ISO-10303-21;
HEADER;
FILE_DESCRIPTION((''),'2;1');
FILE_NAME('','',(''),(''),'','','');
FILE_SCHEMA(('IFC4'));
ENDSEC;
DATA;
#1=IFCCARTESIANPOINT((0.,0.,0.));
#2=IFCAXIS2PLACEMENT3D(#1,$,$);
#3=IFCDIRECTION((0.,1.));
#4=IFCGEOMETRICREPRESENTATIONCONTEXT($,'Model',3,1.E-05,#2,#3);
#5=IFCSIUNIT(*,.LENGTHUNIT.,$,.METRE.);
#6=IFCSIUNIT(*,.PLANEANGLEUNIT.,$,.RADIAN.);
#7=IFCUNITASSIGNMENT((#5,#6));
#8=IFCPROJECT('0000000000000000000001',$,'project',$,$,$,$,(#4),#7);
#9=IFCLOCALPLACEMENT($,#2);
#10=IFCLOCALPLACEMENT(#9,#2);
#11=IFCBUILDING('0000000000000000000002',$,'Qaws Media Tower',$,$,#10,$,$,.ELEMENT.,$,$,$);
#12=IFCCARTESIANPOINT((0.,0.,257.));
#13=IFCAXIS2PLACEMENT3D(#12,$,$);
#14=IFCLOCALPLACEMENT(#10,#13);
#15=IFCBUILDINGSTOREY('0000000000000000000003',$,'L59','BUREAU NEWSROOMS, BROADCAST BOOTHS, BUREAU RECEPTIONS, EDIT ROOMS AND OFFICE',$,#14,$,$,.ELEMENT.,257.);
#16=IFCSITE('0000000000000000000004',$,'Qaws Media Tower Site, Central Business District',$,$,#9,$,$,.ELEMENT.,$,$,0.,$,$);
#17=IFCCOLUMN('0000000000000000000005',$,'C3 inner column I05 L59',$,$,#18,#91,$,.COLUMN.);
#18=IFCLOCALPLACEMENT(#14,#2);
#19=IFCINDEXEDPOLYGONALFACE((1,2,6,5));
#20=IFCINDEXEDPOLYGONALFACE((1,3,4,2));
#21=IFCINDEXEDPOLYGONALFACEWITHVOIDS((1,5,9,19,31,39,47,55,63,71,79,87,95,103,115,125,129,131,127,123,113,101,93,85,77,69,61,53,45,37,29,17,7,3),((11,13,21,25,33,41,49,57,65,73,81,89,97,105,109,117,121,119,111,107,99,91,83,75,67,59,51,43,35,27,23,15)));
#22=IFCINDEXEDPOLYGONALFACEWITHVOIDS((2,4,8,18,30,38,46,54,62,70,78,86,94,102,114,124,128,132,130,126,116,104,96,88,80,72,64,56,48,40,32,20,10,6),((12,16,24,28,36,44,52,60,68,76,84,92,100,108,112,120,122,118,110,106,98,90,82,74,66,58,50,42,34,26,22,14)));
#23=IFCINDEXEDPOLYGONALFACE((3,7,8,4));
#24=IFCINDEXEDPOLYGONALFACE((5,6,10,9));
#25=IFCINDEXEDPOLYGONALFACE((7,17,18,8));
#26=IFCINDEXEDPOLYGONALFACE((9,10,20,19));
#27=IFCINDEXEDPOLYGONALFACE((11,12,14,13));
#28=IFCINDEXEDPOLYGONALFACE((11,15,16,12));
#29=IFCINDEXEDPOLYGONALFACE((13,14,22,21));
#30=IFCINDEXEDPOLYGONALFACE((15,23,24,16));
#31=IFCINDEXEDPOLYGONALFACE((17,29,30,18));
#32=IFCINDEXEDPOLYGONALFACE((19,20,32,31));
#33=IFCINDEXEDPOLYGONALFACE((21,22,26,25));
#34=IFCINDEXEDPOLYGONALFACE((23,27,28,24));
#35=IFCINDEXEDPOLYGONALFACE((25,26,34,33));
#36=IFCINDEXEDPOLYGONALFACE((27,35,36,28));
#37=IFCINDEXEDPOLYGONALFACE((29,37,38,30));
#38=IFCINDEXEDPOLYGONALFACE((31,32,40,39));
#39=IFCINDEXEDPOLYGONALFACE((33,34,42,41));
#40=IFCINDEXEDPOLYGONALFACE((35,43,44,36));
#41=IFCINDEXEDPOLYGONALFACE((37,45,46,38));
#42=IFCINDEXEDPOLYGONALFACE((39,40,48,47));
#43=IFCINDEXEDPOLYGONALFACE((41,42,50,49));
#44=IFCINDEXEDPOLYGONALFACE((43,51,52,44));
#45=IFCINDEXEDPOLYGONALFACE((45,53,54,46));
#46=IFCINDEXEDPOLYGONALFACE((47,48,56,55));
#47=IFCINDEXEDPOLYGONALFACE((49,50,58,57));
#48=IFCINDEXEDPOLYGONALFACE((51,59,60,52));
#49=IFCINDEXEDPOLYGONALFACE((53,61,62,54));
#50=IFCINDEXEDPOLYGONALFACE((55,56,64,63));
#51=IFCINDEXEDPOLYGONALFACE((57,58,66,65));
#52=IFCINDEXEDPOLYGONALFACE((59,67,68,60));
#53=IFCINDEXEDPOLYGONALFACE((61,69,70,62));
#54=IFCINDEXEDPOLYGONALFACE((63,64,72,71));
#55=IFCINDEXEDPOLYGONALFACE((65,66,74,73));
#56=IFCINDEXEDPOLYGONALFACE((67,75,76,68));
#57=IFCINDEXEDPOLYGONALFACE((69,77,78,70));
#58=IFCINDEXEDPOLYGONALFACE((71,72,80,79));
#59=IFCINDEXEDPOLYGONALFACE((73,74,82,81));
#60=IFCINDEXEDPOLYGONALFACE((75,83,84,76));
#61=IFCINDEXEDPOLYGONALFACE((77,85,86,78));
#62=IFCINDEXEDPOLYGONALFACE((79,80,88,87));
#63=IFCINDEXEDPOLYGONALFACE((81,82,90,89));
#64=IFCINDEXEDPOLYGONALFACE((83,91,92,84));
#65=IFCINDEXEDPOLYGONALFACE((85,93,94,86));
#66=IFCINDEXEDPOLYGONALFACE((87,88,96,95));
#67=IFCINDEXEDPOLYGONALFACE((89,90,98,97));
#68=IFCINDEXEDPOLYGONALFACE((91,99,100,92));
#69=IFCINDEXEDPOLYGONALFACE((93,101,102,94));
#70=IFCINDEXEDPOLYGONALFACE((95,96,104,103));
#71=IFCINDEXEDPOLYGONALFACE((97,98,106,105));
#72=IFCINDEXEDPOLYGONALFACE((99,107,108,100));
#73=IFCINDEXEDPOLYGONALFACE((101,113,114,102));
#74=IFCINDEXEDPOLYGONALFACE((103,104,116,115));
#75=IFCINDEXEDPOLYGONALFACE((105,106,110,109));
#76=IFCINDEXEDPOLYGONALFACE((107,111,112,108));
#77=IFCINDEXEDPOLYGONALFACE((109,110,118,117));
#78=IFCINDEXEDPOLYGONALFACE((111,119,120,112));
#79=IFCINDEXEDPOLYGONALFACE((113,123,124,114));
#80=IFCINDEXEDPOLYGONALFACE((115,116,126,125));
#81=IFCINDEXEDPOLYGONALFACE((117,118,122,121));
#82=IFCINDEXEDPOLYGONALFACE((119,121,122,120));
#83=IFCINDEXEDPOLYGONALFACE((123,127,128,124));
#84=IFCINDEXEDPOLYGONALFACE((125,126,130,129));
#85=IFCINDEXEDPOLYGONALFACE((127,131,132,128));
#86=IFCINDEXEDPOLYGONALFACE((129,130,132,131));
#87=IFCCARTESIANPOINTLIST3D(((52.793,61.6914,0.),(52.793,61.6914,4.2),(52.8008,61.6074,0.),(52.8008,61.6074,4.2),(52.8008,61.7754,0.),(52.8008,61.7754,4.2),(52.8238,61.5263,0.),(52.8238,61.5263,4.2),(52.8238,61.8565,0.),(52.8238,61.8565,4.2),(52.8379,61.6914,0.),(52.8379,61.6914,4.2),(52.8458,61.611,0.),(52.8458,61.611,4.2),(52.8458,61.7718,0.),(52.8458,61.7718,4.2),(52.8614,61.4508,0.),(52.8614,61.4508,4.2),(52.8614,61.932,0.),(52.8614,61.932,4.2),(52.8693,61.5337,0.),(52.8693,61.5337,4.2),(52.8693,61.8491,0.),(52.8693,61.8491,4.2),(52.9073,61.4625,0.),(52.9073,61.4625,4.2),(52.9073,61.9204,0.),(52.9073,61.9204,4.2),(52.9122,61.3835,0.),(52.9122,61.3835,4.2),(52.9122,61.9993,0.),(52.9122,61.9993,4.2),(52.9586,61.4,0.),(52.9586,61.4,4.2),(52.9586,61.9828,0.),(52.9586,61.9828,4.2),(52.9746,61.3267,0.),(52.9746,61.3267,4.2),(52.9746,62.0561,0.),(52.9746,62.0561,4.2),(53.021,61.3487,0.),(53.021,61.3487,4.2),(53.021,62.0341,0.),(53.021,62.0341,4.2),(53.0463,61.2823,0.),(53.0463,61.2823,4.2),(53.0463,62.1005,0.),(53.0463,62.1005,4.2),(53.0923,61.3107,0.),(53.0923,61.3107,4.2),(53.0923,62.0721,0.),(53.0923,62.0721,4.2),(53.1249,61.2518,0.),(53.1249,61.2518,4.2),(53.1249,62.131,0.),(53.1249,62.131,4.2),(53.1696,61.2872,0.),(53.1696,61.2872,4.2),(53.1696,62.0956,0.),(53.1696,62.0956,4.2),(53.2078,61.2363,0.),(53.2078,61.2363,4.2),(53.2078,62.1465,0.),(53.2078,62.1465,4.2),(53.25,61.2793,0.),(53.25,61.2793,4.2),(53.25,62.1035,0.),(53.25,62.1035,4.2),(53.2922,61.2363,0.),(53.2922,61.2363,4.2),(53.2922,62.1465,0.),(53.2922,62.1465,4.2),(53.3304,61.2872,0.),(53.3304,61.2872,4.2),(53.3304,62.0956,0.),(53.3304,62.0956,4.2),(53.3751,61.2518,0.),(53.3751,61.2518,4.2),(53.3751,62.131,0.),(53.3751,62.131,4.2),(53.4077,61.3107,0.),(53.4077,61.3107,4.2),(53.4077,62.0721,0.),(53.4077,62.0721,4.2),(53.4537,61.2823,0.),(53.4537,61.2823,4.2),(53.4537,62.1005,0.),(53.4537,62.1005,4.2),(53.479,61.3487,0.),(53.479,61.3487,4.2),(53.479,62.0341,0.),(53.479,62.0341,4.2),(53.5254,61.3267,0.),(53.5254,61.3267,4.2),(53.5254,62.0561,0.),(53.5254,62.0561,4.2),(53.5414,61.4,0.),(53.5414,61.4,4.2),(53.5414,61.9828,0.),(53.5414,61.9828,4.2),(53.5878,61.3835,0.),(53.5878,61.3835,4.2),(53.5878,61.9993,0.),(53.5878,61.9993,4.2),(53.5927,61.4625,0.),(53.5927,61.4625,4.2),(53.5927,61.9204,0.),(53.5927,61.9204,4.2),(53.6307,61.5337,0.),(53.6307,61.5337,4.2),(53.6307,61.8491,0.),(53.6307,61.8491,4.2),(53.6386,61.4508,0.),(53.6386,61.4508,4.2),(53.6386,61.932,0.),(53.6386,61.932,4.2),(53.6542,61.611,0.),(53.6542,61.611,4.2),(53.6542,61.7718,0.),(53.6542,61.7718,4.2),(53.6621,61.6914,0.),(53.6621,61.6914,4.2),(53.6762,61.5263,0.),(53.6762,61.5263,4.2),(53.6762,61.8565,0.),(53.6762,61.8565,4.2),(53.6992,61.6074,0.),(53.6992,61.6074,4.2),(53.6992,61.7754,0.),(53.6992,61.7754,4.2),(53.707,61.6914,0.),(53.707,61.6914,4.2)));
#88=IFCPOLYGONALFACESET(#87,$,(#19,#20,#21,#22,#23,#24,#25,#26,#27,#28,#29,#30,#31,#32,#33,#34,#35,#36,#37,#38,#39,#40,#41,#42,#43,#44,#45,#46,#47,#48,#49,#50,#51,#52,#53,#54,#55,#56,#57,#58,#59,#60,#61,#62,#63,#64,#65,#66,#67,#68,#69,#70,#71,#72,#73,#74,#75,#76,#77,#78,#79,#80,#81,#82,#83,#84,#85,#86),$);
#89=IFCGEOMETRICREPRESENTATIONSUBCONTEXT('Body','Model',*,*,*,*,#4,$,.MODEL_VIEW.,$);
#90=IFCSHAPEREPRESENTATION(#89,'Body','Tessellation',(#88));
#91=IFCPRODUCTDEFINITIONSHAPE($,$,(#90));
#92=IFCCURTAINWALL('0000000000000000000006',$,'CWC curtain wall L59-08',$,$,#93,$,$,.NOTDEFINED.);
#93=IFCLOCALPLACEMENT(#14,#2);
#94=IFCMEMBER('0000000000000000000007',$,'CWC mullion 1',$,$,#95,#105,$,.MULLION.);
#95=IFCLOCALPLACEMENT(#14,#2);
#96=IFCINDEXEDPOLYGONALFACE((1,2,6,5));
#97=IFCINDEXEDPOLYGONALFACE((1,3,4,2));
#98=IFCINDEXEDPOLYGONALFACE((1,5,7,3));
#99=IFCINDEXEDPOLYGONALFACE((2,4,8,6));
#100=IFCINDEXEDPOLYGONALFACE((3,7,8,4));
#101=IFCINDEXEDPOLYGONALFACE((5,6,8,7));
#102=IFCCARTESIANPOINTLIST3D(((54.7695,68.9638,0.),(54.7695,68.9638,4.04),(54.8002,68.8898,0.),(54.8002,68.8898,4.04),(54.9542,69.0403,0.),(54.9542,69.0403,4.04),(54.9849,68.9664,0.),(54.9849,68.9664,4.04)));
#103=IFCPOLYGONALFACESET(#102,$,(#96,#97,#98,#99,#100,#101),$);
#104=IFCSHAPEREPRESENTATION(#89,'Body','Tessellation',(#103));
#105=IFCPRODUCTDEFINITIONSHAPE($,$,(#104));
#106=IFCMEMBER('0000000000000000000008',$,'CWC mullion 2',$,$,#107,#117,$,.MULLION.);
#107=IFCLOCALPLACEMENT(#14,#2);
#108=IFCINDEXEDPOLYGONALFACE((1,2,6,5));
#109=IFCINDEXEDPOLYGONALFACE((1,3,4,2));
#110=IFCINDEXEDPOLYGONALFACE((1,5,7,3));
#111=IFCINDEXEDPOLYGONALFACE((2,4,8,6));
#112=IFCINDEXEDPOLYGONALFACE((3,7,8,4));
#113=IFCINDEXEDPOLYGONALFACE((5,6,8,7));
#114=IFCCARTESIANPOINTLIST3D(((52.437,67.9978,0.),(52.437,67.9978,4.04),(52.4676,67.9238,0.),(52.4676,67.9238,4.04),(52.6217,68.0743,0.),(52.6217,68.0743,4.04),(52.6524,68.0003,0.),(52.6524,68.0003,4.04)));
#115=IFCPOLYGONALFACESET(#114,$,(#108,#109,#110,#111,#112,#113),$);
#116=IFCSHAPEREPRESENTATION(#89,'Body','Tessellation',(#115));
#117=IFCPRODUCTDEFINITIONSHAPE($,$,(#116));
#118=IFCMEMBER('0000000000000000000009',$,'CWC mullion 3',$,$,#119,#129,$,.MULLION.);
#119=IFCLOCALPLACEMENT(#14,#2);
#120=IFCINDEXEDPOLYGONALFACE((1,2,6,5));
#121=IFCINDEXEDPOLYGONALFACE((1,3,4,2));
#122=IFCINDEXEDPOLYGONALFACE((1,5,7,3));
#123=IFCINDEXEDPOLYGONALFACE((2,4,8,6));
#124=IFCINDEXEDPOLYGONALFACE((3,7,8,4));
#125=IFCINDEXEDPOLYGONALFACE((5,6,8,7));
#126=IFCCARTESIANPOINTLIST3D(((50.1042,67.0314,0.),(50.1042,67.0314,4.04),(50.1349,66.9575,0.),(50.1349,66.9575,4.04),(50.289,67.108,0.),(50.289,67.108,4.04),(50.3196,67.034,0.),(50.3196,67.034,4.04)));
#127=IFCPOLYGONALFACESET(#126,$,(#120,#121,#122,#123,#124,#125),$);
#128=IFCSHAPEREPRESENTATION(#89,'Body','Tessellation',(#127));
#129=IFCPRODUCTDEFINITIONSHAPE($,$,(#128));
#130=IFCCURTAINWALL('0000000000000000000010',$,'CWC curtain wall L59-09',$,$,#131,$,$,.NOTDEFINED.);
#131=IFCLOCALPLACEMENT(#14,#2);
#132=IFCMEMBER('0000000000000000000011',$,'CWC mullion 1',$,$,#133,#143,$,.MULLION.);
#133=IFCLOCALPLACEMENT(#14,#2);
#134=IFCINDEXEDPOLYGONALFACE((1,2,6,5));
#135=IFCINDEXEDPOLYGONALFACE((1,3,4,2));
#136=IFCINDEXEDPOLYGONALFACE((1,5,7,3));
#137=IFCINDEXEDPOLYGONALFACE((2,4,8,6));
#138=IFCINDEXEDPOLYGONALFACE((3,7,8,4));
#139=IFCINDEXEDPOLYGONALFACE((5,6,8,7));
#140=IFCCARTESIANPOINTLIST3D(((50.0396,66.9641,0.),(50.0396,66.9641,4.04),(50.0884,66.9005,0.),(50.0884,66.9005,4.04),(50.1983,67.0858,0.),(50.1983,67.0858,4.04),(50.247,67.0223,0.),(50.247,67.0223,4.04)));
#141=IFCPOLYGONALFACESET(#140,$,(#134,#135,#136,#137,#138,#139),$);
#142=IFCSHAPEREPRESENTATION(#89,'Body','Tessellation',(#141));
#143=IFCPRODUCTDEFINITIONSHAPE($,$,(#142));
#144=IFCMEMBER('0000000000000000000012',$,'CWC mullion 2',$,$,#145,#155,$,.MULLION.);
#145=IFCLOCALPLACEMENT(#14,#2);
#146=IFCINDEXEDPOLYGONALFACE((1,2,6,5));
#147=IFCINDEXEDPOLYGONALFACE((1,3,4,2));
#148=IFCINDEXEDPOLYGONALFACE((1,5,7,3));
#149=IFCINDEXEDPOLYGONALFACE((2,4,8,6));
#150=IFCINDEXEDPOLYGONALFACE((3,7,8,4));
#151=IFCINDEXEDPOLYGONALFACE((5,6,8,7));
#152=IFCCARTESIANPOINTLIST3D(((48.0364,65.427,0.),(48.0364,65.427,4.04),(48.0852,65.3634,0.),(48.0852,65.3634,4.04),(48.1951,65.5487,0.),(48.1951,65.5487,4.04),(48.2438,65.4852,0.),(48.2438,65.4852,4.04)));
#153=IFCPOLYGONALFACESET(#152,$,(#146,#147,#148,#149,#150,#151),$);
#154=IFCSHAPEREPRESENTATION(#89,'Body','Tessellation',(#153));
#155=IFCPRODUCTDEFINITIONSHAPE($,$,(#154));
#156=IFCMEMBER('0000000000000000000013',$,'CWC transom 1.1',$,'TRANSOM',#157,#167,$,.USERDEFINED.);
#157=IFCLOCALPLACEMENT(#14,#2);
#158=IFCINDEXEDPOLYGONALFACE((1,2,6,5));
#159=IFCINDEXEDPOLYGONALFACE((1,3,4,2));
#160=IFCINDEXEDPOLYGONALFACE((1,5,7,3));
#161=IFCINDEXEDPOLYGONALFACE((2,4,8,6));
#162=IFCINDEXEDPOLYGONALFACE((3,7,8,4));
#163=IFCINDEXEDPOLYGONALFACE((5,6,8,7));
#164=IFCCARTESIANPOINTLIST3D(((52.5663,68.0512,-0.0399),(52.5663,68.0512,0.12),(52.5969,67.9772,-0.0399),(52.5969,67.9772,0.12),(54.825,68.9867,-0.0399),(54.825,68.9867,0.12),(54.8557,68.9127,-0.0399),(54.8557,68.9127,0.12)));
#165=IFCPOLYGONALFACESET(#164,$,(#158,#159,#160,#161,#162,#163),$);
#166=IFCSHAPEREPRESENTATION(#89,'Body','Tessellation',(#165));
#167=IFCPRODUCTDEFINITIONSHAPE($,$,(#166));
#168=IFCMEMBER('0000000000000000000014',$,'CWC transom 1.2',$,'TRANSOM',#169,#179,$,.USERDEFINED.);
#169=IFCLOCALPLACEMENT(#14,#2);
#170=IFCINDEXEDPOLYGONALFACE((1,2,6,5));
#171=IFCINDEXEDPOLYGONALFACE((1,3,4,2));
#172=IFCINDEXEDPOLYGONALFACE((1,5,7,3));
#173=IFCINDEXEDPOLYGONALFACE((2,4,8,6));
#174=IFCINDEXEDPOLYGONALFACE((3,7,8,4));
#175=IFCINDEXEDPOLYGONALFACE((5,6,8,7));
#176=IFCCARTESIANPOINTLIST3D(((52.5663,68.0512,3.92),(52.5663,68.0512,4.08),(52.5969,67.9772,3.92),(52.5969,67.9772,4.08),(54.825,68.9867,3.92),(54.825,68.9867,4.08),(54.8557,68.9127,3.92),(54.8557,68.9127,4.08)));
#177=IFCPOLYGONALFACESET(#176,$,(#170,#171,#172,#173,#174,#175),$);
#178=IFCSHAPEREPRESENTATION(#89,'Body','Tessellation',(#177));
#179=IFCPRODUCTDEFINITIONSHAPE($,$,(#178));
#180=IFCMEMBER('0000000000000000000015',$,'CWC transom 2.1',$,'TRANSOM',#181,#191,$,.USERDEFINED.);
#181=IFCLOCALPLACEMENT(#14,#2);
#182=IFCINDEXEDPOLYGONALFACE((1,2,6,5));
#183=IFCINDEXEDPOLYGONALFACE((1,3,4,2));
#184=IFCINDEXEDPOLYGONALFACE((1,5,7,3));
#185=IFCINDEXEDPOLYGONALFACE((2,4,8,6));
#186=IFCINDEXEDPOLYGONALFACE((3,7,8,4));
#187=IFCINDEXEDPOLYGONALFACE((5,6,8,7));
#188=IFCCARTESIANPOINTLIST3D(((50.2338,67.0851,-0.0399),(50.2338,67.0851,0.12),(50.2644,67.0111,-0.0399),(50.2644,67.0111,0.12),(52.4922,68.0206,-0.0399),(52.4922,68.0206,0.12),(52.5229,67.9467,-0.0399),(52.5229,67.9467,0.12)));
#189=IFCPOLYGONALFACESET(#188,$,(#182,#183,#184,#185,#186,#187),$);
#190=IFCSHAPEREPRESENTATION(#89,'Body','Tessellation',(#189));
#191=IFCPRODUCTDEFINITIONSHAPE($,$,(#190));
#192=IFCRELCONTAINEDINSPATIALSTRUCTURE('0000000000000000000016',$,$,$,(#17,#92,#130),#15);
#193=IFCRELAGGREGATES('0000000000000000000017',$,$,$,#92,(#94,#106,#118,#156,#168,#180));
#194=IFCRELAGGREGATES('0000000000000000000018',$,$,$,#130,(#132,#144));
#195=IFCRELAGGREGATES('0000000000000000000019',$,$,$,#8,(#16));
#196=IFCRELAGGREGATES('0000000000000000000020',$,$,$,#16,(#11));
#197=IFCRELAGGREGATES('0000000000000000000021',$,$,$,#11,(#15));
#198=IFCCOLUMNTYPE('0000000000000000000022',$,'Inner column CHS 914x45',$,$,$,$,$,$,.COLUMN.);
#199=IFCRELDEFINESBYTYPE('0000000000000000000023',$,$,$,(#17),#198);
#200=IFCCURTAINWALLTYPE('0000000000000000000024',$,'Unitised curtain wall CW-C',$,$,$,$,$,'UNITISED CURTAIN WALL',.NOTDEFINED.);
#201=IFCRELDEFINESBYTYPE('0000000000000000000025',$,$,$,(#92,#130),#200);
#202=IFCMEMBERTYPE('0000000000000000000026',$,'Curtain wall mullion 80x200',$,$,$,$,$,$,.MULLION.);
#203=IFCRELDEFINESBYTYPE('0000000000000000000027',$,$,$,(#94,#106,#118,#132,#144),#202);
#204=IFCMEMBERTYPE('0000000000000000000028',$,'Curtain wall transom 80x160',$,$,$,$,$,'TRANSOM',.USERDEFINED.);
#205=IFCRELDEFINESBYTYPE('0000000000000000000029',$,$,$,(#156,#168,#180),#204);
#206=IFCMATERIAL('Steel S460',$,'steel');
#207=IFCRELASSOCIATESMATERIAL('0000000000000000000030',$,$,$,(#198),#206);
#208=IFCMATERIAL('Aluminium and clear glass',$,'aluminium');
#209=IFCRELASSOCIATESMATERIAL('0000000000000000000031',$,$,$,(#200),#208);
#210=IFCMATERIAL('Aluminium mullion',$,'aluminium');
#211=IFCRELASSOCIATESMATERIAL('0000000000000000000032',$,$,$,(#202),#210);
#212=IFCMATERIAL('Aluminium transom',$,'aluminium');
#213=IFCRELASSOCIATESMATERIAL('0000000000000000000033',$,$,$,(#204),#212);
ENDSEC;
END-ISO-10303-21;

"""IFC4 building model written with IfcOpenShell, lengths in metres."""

from ifc_helpers import new_model, si_unit, direction, frame, origin, origin_2d, place, context, subcontext, project, spatial, rectangle, hollow_circle, extrude, material, material_profile, profile_set, type_object, element, aggregate, save


model = new_model("IFC4")

# Units and contexts
model_context = context("Model", 3, precision=1e-05, world=origin(), true_north=direction((0.0, 1.0)))
body_context = subcontext(model_context, "Body", "Model", "MODEL_VIEW")
ifc_project = project(units=[si_unit("LENGTHUNIT", "METRE"), si_unit("PLANEANGLEUNIT", "RADIAN")], contexts=[model_context])

# Site, building, storey
site_placement = place(None, origin())
site = spatial("IfcSite", under=ifc_project, at=site_placement, Name="Qaws Media Tower Site, Central Business District", CompositionType="ELEMENT", RefElevation=0.0)
building_placement = place(site_placement, origin())
building = spatial("IfcBuilding", under=site, at=building_placement, Name="Qaws Media Tower", CompositionType="ELEMENT")
storey_placement = place(building_placement, frame((0.0, 0.0, 257.0)))
storey = spatial("IfcBuildingStorey", under=building, at=storey_placement, Name="L59", Description="BUREAU NEWSROOMS, BROADCAST BOOTHS, BUREAU RECEPTIONS, EDIT ROOMS AND OFFICE", CompositionType="ELEMENT", Elevation=257.0)

# Column
ifc_material_1 = material(Name="Steel S460", Category="steel")
ifc_material_profile_1 = material_profile(ifc_material_1, hollow_circle(Radius=0.457, WallThickness=0.0449, at=origin_2d()), Name="CHS 914x45")
ifc_profile_set_1 = profile_set([ifc_material_profile_1], Name="Steel S460")
column_type = type_object("IfcColumnType", Name="Inner column CHS 914x45", PredefinedType="COLUMN", material=ifc_profile_set_1)
column_placement = place(storey_placement, frame((53.25, 61.6914, 0.0), z_axis=(0.0, 0.0, 1.0), x_axis=(1.0, 0.0, 0.0)))
element("IfcColumn", 1, at=column_placement, inside=storey, type_object=column_type, Name="C3 inner column I05 L59", PredefinedType="COLUMN", context=body_context, shape_type="SweptSolid", body=[
    extrude(hollow_circle(Radius=0.457, WallThickness=0.0449, at=origin_2d()), origin(), (0.0, 0.0, 1.0), 4.2),
])

# Curtain walls, members
ifc_material_2 = material(Name="Aluminium and clear glass", Category="aluminium")
curtain_wall_type = type_object("IfcCurtainWallType", Name="Unitised curtain wall CW-C", ElementType="UNITISED CURTAIN WALL", PredefinedType="NOTDEFINED", material=ifc_material_2)
curtain_wall_1_placement = place(storey_placement, origin())
curtain_wall_1 = element("IfcCurtainWall", 2, at=curtain_wall_1_placement, inside=storey, type_object=curtain_wall_type, Name="CWC curtain wall L59-08", PredefinedType="NOTDEFINED")
ifc_material_3 = material(Name="Aluminium mullion", Category="aluminium")
ifc_material_profile_2 = material_profile(ifc_material_3, rectangle(XDim=0.0801, YDim=0.2, at=origin_2d()), Name="80x200")
ifc_profile_set_2 = profile_set([ifc_material_profile_2], Name="Aluminium mullion")
member_type_1 = type_object("IfcMemberType", Name="Curtain wall mullion 80x200", PredefinedType="MULLION", material=ifc_profile_set_2)
member_1_placement = place(storey_placement, frame((54.8772, 68.9651, 0.0), z_axis=(0.0, 0.0, 1.0), x_axis=(0.382683, -0.92388, 0.0)))
member_1 = element("IfcMember", 3, at=member_1_placement, type_object=member_type_1, Name="CWC mullion 1", PredefinedType="MULLION", context=body_context, shape_type="SweptSolid", body=[
    extrude(rectangle(XDim=0.0801, YDim=0.2, at=origin_2d()), origin(), (0.0, 0.0, 1.0), 4.04),
])
member_2_placement = place(storey_placement, frame((52.5447, 67.999, 0.0), z_axis=(0.0, 0.0, 1.0), x_axis=(0.382683, -0.92388, 0.0)))
member_2 = element("IfcMember", 4, at=member_2_placement, type_object=member_type_1, Name="CWC mullion 2", PredefinedType="MULLION", context=body_context, shape_type="SweptSolid", body=[
    extrude(rectangle(XDim=0.0801, YDim=0.2, at=origin_2d()), origin(), (0.0, 0.0, 1.0), 4.04),
])
member_3_placement = place(storey_placement, frame((50.2119, 67.0327, 0.0), z_axis=(0.0, 0.0, 1.0), x_axis=(0.382683, -0.92388, 0.0)))
member_3 = element("IfcMember", 5, at=member_3_placement, type_object=member_type_1, Name="CWC mullion 3", PredefinedType="MULLION", context=body_context, shape_type="SweptSolid", body=[
    extrude(rectangle(XDim=0.0801, YDim=0.2, at=origin_2d()), origin(), (0.0, 0.0, 1.0), 4.04),
])
curtain_wall_2_placement = place(storey_placement, origin())
curtain_wall_2 = element("IfcCurtainWall", 6, at=curtain_wall_2_placement, inside=storey, type_object=curtain_wall_type, Name="CWC curtain wall L59-09", PredefinedType="NOTDEFINED")
member_4_placement = place(storey_placement, frame((50.1433, 66.9932, 0.0), z_axis=(0.0, 0.0, 1.0), x_axis=(0.608761, -0.793353, 0.0)))
member_4 = element("IfcMember", 7, at=member_4_placement, type_object=member_type_1, Name="CWC mullion 1", PredefinedType="MULLION", context=body_context, shape_type="SweptSolid", body=[
    extrude(rectangle(XDim=0.0801, YDim=0.2, at=origin_2d()), origin(), (0.0, 0.0, 1.0), 4.04),
])
member_5_placement = place(storey_placement, frame((48.1401, 65.4561, 0.0), z_axis=(0.0, 0.0, 1.0), x_axis=(0.608761, -0.793353, 0.0)))
member_5 = element("IfcMember", 8, at=member_5_placement, type_object=member_type_1, Name="CWC mullion 2", PredefinedType="MULLION", context=body_context, shape_type="SweptSolid", body=[
    extrude(rectangle(XDim=0.0801, YDim=0.2, at=origin_2d()), origin(), (0.0, 0.0, 1.0), 4.04),
])

# Members
ifc_material_4 = material(Name="Aluminium transom", Category="aluminium")
ifc_material_profile_3 = material_profile(ifc_material_4, rectangle(XDim=0.0801, YDim=0.1599, at=origin_2d()), Name="80x160")
ifc_profile_set_3 = profile_set([ifc_material_profile_3], Name="Aluminium transom")
member_type_2 = type_object("IfcMemberType", Name="Curtain wall transom 80x160", ElementType="TRANSOM", PredefinedType="USERDEFINED", material=ifc_profile_set_3)
member_6_placement = place(storey_placement, frame((54.8403, 68.9497, 0.04), z_axis=(-0.92389, -0.382658, 0.0), x_axis=(0.382658, -0.92389, 0.0)))
member_6 = element("IfcMember", 9, at=member_6_placement, type_object=member_type_2, Name="CWC transom 1.1", ObjectType="TRANSOM", PredefinedType="USERDEFINED", context=body_context, shape_type="SweptSolid", body=[
    extrude(rectangle(XDim=0.0801, YDim=0.1599, at=origin_2d()), origin(), (0.0, 0.0, 1.0), 2.4448),
])
member_7_placement = place(storey_placement, frame((54.8403, 68.9497, 4.0), z_axis=(-0.92389, -0.382658, 0.0), x_axis=(0.382658, -0.92389, 0.0)))
member_7 = element("IfcMember", 10, at=member_7_placement, type_object=member_type_2, Name="CWC transom 1.2", ObjectType="TRANSOM", PredefinedType="USERDEFINED", context=body_context, shape_type="SweptSolid", body=[
    extrude(rectangle(XDim=0.0801, YDim=0.1599, at=origin_2d()), origin(), (0.0, 0.0, 1.0), 2.4448),
])
member_8_placement = place(storey_placement, frame((52.5076, 67.9836, 0.04), z_axis=(-0.923876, -0.382693, 0.0), x_axis=(0.382693, -0.923876, 0.0)))
member_8 = element("IfcMember", 11, at=member_8_placement, type_object=member_type_2, Name="CWC transom 2.1", ObjectType="TRANSOM", PredefinedType="USERDEFINED", context=body_context, shape_type="SweptSolid", body=[
    extrude(rectangle(XDim=0.0801, YDim=0.1599, at=origin_2d()), origin(), (0.0, 0.0, 1.0), 2.4446),
])

aggregate(curtain_wall_1, [member_1, member_2, member_3, member_6, member_7, member_8])
aggregate(curtain_wall_2, [member_4, member_5])

save(model, "model.ifc")
